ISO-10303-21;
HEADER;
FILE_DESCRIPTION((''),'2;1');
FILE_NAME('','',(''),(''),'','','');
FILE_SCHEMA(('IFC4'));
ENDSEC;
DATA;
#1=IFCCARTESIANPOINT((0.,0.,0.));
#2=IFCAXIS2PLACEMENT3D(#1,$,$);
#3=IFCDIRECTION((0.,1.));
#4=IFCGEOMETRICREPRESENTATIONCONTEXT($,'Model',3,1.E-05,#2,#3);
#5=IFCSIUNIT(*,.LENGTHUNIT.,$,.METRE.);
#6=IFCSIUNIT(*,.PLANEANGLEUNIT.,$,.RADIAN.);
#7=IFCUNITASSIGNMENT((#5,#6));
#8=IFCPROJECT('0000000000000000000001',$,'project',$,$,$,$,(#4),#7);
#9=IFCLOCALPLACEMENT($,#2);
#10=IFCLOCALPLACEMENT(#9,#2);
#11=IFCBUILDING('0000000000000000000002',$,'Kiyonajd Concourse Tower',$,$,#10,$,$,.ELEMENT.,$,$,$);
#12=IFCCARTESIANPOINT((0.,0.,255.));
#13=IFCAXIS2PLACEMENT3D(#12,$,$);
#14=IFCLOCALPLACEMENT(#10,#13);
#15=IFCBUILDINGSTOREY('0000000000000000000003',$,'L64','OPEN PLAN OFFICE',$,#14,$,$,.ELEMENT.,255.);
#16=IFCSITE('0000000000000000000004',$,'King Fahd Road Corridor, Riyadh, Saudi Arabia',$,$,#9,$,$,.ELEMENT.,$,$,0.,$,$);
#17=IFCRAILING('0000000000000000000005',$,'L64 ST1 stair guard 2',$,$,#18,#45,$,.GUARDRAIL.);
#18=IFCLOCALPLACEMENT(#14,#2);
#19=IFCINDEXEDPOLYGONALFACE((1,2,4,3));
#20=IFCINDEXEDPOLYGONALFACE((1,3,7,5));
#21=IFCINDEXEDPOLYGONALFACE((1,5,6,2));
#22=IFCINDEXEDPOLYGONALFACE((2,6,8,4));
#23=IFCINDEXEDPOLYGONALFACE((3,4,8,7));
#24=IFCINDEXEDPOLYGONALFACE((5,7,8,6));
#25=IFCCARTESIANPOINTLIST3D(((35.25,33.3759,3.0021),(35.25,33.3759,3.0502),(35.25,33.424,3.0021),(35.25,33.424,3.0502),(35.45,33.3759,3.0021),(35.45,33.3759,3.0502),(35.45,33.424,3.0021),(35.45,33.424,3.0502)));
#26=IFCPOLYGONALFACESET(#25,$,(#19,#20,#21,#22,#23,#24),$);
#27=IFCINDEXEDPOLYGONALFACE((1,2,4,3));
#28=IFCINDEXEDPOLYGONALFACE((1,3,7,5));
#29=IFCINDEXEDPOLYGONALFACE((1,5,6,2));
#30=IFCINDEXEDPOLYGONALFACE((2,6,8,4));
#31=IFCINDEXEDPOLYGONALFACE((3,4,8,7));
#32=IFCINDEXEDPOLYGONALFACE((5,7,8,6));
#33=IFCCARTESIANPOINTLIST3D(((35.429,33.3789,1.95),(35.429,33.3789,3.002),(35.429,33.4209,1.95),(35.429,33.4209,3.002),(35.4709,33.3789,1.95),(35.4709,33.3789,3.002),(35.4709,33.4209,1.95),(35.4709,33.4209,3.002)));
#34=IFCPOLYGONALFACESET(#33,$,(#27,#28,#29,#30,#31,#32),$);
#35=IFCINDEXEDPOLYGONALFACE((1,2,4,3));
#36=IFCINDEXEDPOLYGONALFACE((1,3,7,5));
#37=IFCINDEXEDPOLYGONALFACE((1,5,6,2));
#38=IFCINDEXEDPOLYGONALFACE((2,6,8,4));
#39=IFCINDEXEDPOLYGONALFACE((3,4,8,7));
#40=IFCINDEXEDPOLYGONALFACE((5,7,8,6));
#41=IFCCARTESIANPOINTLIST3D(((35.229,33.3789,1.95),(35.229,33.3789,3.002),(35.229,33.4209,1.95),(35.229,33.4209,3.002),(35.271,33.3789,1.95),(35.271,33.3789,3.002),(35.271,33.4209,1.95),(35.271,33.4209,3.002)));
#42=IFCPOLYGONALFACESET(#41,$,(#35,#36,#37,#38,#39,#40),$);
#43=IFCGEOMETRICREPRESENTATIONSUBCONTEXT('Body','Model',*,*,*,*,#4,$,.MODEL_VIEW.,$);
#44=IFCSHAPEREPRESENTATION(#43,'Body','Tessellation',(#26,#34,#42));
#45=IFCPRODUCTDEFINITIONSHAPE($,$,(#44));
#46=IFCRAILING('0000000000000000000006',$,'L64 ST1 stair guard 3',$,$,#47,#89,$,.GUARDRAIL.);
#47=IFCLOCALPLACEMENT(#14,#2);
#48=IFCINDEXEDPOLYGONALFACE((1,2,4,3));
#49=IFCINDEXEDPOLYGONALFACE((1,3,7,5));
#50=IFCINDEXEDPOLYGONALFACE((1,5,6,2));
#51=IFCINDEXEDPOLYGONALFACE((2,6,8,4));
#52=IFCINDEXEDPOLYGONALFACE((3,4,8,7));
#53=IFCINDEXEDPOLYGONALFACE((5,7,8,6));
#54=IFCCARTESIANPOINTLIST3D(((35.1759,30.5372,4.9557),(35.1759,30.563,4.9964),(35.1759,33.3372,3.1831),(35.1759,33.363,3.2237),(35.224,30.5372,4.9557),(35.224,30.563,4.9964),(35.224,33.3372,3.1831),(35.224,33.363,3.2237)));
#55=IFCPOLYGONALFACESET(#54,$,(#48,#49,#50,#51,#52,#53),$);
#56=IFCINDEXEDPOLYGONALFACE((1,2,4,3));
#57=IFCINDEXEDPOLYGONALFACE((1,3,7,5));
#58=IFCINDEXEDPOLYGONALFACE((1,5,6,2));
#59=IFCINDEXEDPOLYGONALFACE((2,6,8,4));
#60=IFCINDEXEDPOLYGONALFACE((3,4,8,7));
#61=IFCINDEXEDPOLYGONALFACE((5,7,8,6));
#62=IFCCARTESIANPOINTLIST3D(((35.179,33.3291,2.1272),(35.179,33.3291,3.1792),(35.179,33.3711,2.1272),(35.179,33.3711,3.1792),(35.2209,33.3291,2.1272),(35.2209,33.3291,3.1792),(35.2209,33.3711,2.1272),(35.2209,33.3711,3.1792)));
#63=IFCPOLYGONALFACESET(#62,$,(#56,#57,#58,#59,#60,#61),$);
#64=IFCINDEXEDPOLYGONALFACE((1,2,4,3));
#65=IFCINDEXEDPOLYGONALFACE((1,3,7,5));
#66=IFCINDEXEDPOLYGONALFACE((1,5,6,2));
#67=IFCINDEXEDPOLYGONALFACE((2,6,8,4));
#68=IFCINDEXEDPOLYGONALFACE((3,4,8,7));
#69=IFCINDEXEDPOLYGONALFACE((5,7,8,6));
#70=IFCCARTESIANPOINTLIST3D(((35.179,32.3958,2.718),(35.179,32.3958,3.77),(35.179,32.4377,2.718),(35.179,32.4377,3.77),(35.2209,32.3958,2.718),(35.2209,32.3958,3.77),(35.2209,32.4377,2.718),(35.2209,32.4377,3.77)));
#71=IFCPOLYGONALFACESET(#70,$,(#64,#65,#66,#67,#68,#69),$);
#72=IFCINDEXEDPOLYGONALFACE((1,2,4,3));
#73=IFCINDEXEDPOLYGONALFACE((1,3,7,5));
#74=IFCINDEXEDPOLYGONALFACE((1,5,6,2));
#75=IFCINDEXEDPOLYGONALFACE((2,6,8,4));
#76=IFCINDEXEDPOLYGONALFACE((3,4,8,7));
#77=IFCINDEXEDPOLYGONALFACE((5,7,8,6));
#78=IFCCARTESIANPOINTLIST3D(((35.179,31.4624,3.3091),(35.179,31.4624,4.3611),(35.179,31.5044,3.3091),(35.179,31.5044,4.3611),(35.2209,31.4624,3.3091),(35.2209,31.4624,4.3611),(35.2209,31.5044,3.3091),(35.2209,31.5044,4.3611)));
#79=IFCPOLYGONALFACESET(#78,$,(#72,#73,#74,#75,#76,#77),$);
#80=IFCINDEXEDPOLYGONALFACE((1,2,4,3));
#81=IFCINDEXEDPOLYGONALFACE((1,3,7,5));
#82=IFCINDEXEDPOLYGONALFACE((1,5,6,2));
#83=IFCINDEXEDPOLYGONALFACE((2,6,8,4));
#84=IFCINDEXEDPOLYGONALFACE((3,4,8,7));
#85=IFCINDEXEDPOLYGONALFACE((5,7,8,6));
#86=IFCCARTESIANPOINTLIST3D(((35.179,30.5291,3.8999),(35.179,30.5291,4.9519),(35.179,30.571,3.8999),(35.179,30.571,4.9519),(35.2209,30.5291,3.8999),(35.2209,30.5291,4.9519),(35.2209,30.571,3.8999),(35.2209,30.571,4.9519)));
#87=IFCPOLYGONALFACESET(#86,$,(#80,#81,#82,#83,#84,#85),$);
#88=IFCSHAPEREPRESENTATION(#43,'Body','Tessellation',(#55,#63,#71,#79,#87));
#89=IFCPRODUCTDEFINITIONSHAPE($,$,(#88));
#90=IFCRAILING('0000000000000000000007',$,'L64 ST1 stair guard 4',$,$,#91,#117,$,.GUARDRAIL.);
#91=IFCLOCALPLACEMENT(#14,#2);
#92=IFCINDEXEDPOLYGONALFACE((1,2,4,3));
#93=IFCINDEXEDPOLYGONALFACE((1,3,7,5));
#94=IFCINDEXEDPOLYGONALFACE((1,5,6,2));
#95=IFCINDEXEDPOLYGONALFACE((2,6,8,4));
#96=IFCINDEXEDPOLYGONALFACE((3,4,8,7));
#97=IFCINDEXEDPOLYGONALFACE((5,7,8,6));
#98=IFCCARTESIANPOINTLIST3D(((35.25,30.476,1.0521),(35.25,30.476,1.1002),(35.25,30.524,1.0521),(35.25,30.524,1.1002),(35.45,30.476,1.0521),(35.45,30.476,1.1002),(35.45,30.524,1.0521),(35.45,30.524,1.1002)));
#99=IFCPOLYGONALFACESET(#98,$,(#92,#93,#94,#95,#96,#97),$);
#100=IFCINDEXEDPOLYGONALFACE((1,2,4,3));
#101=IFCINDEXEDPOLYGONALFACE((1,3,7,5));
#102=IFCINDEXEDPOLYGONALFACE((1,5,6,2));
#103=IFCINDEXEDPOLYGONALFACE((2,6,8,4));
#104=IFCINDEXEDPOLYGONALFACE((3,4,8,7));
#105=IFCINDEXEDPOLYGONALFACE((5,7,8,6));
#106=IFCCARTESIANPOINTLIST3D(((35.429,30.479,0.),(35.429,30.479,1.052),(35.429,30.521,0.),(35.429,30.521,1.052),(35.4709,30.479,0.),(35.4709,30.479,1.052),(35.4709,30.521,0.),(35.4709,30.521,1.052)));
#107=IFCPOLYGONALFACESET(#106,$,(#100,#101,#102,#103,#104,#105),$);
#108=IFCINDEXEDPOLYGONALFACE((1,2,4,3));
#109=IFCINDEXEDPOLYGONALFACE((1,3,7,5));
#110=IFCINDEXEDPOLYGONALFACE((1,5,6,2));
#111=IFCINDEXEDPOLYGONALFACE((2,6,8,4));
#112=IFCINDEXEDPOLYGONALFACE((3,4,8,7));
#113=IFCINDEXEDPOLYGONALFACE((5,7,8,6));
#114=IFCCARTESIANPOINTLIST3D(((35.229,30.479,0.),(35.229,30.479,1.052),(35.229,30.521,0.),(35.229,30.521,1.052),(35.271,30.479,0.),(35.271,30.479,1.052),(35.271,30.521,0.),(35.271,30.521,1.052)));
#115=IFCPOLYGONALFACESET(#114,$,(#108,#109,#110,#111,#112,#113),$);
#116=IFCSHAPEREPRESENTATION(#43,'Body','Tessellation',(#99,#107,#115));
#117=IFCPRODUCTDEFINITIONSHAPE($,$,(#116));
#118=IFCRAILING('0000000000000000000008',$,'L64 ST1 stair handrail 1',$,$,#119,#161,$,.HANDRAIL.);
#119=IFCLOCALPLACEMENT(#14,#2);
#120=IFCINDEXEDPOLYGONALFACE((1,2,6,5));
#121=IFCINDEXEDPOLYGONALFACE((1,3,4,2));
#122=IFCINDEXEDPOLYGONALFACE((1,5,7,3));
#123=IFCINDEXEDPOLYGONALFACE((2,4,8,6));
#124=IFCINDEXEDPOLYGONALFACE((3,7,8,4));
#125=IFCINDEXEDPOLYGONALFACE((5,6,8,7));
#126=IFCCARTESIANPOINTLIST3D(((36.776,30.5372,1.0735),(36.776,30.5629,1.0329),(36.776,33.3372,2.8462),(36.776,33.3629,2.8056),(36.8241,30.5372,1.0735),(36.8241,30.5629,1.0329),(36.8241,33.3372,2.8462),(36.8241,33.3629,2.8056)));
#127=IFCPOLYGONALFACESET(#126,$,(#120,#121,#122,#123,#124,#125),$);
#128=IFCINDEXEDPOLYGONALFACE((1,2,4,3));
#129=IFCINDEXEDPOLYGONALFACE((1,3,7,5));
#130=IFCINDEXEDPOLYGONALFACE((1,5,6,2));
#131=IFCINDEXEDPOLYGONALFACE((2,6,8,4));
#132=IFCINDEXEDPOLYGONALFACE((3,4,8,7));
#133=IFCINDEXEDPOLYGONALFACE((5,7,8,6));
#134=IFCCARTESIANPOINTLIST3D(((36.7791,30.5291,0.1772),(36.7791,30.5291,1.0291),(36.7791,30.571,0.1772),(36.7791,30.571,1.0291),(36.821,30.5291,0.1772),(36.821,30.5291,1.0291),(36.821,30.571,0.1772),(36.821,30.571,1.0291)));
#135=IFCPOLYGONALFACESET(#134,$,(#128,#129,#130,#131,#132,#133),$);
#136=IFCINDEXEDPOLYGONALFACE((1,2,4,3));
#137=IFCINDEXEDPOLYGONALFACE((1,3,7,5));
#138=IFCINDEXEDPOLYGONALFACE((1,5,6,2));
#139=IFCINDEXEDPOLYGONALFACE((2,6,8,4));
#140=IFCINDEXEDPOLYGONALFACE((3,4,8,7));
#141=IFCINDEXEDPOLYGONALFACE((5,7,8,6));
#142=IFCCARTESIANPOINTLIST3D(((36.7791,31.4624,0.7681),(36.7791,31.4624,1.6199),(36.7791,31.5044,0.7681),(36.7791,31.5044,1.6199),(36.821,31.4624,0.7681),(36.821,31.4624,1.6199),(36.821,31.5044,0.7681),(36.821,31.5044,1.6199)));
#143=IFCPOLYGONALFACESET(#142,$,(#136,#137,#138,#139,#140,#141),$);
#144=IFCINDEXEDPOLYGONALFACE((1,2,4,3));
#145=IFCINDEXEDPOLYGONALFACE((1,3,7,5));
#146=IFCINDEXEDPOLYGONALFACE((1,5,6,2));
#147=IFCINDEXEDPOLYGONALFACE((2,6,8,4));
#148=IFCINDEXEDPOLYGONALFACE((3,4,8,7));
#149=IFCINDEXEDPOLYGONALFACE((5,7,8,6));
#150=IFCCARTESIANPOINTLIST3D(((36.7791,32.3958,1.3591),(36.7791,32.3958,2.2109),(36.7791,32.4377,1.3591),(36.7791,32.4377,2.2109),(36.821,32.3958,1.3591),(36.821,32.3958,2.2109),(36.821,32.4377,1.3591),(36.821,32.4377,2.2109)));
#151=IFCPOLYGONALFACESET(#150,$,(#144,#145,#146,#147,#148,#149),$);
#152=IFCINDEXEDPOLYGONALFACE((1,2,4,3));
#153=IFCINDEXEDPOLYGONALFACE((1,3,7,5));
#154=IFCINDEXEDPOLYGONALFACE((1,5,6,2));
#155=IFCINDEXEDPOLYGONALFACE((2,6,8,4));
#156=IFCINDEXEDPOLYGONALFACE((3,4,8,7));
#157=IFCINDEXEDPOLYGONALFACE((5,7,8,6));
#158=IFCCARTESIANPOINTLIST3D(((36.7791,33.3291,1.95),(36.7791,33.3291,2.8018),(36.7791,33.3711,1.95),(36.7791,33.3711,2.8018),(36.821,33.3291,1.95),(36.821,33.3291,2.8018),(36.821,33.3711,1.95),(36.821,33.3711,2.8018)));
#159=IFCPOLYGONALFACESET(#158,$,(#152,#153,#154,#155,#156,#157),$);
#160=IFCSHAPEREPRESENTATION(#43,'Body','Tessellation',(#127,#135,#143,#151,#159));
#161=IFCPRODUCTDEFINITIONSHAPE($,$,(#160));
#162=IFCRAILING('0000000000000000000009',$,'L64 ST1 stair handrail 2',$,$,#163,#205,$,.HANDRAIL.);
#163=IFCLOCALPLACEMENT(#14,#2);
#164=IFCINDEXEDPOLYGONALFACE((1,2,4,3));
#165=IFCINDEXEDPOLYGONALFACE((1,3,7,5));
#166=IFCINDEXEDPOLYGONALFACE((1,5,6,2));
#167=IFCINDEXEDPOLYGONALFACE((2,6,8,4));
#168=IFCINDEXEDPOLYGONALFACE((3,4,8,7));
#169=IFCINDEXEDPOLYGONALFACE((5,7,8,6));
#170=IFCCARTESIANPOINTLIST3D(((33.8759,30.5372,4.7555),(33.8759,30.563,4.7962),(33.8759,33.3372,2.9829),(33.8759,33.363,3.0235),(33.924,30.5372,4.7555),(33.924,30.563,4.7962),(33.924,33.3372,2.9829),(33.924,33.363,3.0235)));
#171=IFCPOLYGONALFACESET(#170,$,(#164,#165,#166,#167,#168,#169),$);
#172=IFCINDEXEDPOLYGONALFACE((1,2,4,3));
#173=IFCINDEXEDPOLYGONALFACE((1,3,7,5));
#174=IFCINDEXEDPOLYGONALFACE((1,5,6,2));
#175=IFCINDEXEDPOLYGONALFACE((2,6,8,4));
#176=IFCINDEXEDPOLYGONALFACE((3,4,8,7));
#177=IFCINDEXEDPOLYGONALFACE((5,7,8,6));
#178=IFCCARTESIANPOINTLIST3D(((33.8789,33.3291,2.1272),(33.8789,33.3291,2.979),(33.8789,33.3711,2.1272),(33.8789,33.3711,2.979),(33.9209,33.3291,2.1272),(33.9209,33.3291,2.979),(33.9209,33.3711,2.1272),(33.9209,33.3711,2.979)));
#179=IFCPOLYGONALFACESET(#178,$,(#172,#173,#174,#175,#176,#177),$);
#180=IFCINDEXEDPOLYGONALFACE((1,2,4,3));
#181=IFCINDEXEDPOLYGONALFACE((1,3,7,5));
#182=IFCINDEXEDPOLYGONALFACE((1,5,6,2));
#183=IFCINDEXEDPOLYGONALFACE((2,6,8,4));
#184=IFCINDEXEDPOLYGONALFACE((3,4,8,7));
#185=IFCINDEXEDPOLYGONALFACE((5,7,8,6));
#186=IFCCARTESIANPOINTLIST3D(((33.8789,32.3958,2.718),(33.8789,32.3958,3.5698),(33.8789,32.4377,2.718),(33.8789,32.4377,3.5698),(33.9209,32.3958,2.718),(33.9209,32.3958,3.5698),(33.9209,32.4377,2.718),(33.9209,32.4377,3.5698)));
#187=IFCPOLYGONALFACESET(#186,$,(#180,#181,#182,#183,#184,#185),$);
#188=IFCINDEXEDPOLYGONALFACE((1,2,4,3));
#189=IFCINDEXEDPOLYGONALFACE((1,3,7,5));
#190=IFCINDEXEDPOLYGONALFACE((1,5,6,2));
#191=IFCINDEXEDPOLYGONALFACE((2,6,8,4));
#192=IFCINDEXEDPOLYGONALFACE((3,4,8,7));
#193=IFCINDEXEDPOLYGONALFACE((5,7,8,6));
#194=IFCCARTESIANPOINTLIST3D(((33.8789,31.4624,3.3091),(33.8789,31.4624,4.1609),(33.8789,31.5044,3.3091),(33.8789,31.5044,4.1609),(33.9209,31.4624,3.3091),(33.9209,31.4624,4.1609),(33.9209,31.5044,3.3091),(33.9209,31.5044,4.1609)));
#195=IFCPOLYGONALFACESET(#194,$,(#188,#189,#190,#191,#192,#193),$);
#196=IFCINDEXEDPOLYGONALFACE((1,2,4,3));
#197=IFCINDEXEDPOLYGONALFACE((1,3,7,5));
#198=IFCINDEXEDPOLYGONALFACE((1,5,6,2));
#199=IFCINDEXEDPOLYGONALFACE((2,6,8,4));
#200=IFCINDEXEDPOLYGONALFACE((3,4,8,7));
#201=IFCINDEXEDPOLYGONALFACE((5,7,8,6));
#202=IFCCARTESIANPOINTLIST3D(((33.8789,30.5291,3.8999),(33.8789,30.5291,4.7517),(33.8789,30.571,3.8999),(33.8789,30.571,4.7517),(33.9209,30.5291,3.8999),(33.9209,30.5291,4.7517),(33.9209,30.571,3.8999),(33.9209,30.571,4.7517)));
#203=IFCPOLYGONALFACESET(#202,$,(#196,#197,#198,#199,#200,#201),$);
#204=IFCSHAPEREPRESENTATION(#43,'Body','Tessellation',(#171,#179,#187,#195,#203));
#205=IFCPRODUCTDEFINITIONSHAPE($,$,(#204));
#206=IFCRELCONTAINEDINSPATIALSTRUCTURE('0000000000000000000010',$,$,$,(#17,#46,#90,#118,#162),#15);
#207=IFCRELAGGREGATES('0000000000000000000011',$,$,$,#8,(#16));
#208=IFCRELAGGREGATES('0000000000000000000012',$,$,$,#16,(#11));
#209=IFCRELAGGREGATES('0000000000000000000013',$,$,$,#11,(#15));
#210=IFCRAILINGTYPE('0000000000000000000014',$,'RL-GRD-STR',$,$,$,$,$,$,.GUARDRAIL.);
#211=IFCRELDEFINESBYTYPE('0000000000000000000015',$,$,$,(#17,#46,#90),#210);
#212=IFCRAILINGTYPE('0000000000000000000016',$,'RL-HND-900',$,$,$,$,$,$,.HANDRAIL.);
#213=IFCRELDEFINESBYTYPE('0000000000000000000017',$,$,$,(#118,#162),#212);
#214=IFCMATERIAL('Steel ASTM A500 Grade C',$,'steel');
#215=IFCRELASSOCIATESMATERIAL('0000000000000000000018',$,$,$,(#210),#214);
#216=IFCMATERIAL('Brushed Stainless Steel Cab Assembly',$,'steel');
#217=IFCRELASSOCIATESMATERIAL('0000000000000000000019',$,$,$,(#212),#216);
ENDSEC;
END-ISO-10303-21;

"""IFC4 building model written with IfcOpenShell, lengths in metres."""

from ifc_helpers import new_model, si_unit, direction, frame, origin, origin_2d, place, context, subcontext, project, spatial, rectangle, extrude, material, type_object, element, save


model = new_model("IFC4")

# Units and contexts
model_context = context("Model", 3, precision=1e-05, world=origin(), true_north=direction((0.0, 1.0)))
body_context = subcontext(model_context, "Body", "Model", "MODEL_VIEW")
ifc_project = project(units=[si_unit("LENGTHUNIT", "METRE"), si_unit("PLANEANGLEUNIT", "RADIAN")], contexts=[model_context])

# Site, building, storey
site_placement = place(None, origin())
site = spatial("IfcSite", under=ifc_project, at=site_placement, Name="King Fahd Road Corridor, Riyadh, Saudi Arabia", CompositionType="ELEMENT", RefElevation=0.0)
building_placement = place(site_placement, origin())
building = spatial("IfcBuilding", under=site, at=building_placement, Name="Kiyonajd Concourse Tower", CompositionType="ELEMENT")
storey_placement = place(building_placement, frame((0.0, 0.0, 255.0)))
storey = spatial("IfcBuildingStorey", under=building, at=storey_placement, Name="L64", Description="OPEN PLAN OFFICE", CompositionType="ELEMENT", Elevation=255.0)

# Shared definitions
ifc_material_1 = material(Name="Brushed Stainless Steel Cab Assembly", Category="steel")

# Railings
ifc_material_2 = material(Name="Steel ASTM A500 Grade C", Category="steel")
railing_type_1 = type_object("IfcRailingType", Name="RL-GRD-STR", PredefinedType="GUARDRAIL", material=ifc_material_2)
railing_1_placement = place(storey_placement, frame((35.45, 33.3999, 1.95)))
element("IfcRailing", 1, at=railing_1_placement, inside=storey, type_object=railing_type_1, Name="L64 ST1 stair guard 2", PredefinedType="GUARDRAIL", context=body_context, shape_type="SweptSolid", body=[
    extrude(rectangle(XDim=0.0481, YDim=0.0481, at=origin_2d()), frame((0.0, 0.0, 1.0762), z_axis=(-1.0, 0.0, 0.0), x_axis=(0.0, -1.0, 0.0)), (0.0, 0.0, 1.0), 0.2),
    extrude(rectangle(XDim=0.042, YDim=0.042, at=origin_2d()), origin(), (0.0, 0.0, 1.0), 1.052),
    extrude(rectangle(XDim=0.042, YDim=0.042, at=origin_2d()), frame((-0.2, 0.0, 0.0)), (0.0, 0.0, 1.0), 1.052),
])
railing_2_placement = place(storey_placement, frame((35.2, 33.3501, 2.1272)))
element("IfcRailing", 2, at=railing_2_placement, inside=storey, type_object=railing_type_1, Name="L64 ST1 stair guard 3", PredefinedType="GUARDRAIL", context=body_context, shape_type="SweptSolid", body=[
    extrude(rectangle(XDim=0.0481, YDim=0.0481, at=origin_2d()), frame((0.0, 0.0, 1.0762), z_axis=(0.0, -0.844909, 0.53491), x_axis=(1.0, 0.0, 0.0)), (0.0, 0.0, 1.0), 3.314),
    extrude(rectangle(XDim=0.042, YDim=0.042, at=origin_2d()), origin(), (0.0, 0.0, 1.0), 1.052),
    extrude(rectangle(XDim=0.042, YDim=0.042, at=origin_2d()), frame((0.0, -0.9333, 0.5908)), (0.0, 0.0, 1.0), 1.052),
    extrude(rectangle(XDim=0.042, YDim=0.042, at=origin_2d()), frame((0.0, -1.8667, 1.1819)), (0.0, 0.0, 1.0), 1.052),
    extrude(rectangle(XDim=0.042, YDim=0.042, at=origin_2d()), frame((0.0, -2.8, 1.7727)), (0.0, 0.0, 1.0), 1.052),
])
railing_3_placement = place(storey_placement, frame((35.45, 30.5, 0.0)))
element("IfcRailing", 3, at=railing_3_placement, inside=storey, type_object=railing_type_1, Name="L64 ST1 stair guard 4", PredefinedType="GUARDRAIL", context=body_context, shape_type="SweptSolid", body=[
    extrude(rectangle(XDim=0.0481, YDim=0.0481, at=origin_2d()), frame((0.0, 0.0, 1.0762), z_axis=(-1.0, 0.0, 0.0), x_axis=(0.0, -1.0, 0.0)), (0.0, 0.0, 1.0), 0.2),
    extrude(rectangle(XDim=0.042, YDim=0.042, at=origin_2d()), origin(), (0.0, 0.0, 1.0), 1.052),
    extrude(rectangle(XDim=0.042, YDim=0.042, at=origin_2d()), frame((-0.2, 0.0, 0.0)), (0.0, 0.0, 1.0), 1.052),
])
railing_type_2 = type_object("IfcRailingType", Name="RL-HND-900", PredefinedType="HANDRAIL", material=ifc_material_1)
railing_4_placement = place(storey_placement, frame((36.8, 30.55, 0.1772)))
element("IfcRailing", 4, at=railing_4_placement, inside=storey, type_object=railing_type_2, Name="L64 ST1 stair handrail 1", PredefinedType="HANDRAIL", context=body_context, shape_type="SweptSolid", body=[
    extrude(rectangle(XDim=0.0481, YDim=0.0481, at=origin_2d()), frame((0.0, 0.0, 0.876), z_axis=(0.0, 0.844909, 0.53491), x_axis=(-1.0, 0.0, 0.0)), (0.0, 0.0, 1.0), 3.314),
    extrude(rectangle(XDim=0.042, YDim=0.042, at=origin_2d()), origin(), (0.0, 0.0, 1.0), 0.8518),
    extrude(rectangle(XDim=0.042, YDim=0.042, at=origin_2d()), frame((0.0, 0.9333, 0.5908)), (0.0, 0.0, 1.0), 0.8518),
    extrude(rectangle(XDim=0.042, YDim=0.042, at=origin_2d()), frame((0.0, 1.8667, 1.1819)), (0.0, 0.0, 1.0), 0.8518),
    extrude(rectangle(XDim=0.042, YDim=0.042, at=origin_2d()), frame((0.0, 2.8, 1.7727)), (0.0, 0.0, 1.0), 0.8518),
])
railing_5_placement = place(storey_placement, frame((33.8999, 33.3501, 2.1272)))
element("IfcRailing", 5, at=railing_5_placement, inside=storey, type_object=railing_type_2, Name="L64 ST1 stair handrail 2", PredefinedType="HANDRAIL", context=body_context, shape_type="SweptSolid", body=[
    extrude(rectangle(XDim=0.0481, YDim=0.0481, at=origin_2d()), frame((0.0, 0.0, 0.876), z_axis=(0.0, -0.844909, 0.53491), x_axis=(1.0, 0.0, 0.0)), (0.0, 0.0, 1.0), 3.314),
    extrude(rectangle(XDim=0.042, YDim=0.042, at=origin_2d()), origin(), (0.0, 0.0, 1.0), 0.8518),
    extrude(rectangle(XDim=0.042, YDim=0.042, at=origin_2d()), frame((0.0, -0.9333, 0.5908)), (0.0, 0.0, 1.0), 0.8518),
    extrude(rectangle(XDim=0.042, YDim=0.042, at=origin_2d()), frame((0.0, -1.8667, 1.1819)), (0.0, 0.0, 1.0), 0.8518),
    extrude(rectangle(XDim=0.042, YDim=0.042, at=origin_2d()), frame((0.0, -2.8, 1.7727)), (0.0, 0.0, 1.0), 0.8518),
])

save(model, "model.ifc")
